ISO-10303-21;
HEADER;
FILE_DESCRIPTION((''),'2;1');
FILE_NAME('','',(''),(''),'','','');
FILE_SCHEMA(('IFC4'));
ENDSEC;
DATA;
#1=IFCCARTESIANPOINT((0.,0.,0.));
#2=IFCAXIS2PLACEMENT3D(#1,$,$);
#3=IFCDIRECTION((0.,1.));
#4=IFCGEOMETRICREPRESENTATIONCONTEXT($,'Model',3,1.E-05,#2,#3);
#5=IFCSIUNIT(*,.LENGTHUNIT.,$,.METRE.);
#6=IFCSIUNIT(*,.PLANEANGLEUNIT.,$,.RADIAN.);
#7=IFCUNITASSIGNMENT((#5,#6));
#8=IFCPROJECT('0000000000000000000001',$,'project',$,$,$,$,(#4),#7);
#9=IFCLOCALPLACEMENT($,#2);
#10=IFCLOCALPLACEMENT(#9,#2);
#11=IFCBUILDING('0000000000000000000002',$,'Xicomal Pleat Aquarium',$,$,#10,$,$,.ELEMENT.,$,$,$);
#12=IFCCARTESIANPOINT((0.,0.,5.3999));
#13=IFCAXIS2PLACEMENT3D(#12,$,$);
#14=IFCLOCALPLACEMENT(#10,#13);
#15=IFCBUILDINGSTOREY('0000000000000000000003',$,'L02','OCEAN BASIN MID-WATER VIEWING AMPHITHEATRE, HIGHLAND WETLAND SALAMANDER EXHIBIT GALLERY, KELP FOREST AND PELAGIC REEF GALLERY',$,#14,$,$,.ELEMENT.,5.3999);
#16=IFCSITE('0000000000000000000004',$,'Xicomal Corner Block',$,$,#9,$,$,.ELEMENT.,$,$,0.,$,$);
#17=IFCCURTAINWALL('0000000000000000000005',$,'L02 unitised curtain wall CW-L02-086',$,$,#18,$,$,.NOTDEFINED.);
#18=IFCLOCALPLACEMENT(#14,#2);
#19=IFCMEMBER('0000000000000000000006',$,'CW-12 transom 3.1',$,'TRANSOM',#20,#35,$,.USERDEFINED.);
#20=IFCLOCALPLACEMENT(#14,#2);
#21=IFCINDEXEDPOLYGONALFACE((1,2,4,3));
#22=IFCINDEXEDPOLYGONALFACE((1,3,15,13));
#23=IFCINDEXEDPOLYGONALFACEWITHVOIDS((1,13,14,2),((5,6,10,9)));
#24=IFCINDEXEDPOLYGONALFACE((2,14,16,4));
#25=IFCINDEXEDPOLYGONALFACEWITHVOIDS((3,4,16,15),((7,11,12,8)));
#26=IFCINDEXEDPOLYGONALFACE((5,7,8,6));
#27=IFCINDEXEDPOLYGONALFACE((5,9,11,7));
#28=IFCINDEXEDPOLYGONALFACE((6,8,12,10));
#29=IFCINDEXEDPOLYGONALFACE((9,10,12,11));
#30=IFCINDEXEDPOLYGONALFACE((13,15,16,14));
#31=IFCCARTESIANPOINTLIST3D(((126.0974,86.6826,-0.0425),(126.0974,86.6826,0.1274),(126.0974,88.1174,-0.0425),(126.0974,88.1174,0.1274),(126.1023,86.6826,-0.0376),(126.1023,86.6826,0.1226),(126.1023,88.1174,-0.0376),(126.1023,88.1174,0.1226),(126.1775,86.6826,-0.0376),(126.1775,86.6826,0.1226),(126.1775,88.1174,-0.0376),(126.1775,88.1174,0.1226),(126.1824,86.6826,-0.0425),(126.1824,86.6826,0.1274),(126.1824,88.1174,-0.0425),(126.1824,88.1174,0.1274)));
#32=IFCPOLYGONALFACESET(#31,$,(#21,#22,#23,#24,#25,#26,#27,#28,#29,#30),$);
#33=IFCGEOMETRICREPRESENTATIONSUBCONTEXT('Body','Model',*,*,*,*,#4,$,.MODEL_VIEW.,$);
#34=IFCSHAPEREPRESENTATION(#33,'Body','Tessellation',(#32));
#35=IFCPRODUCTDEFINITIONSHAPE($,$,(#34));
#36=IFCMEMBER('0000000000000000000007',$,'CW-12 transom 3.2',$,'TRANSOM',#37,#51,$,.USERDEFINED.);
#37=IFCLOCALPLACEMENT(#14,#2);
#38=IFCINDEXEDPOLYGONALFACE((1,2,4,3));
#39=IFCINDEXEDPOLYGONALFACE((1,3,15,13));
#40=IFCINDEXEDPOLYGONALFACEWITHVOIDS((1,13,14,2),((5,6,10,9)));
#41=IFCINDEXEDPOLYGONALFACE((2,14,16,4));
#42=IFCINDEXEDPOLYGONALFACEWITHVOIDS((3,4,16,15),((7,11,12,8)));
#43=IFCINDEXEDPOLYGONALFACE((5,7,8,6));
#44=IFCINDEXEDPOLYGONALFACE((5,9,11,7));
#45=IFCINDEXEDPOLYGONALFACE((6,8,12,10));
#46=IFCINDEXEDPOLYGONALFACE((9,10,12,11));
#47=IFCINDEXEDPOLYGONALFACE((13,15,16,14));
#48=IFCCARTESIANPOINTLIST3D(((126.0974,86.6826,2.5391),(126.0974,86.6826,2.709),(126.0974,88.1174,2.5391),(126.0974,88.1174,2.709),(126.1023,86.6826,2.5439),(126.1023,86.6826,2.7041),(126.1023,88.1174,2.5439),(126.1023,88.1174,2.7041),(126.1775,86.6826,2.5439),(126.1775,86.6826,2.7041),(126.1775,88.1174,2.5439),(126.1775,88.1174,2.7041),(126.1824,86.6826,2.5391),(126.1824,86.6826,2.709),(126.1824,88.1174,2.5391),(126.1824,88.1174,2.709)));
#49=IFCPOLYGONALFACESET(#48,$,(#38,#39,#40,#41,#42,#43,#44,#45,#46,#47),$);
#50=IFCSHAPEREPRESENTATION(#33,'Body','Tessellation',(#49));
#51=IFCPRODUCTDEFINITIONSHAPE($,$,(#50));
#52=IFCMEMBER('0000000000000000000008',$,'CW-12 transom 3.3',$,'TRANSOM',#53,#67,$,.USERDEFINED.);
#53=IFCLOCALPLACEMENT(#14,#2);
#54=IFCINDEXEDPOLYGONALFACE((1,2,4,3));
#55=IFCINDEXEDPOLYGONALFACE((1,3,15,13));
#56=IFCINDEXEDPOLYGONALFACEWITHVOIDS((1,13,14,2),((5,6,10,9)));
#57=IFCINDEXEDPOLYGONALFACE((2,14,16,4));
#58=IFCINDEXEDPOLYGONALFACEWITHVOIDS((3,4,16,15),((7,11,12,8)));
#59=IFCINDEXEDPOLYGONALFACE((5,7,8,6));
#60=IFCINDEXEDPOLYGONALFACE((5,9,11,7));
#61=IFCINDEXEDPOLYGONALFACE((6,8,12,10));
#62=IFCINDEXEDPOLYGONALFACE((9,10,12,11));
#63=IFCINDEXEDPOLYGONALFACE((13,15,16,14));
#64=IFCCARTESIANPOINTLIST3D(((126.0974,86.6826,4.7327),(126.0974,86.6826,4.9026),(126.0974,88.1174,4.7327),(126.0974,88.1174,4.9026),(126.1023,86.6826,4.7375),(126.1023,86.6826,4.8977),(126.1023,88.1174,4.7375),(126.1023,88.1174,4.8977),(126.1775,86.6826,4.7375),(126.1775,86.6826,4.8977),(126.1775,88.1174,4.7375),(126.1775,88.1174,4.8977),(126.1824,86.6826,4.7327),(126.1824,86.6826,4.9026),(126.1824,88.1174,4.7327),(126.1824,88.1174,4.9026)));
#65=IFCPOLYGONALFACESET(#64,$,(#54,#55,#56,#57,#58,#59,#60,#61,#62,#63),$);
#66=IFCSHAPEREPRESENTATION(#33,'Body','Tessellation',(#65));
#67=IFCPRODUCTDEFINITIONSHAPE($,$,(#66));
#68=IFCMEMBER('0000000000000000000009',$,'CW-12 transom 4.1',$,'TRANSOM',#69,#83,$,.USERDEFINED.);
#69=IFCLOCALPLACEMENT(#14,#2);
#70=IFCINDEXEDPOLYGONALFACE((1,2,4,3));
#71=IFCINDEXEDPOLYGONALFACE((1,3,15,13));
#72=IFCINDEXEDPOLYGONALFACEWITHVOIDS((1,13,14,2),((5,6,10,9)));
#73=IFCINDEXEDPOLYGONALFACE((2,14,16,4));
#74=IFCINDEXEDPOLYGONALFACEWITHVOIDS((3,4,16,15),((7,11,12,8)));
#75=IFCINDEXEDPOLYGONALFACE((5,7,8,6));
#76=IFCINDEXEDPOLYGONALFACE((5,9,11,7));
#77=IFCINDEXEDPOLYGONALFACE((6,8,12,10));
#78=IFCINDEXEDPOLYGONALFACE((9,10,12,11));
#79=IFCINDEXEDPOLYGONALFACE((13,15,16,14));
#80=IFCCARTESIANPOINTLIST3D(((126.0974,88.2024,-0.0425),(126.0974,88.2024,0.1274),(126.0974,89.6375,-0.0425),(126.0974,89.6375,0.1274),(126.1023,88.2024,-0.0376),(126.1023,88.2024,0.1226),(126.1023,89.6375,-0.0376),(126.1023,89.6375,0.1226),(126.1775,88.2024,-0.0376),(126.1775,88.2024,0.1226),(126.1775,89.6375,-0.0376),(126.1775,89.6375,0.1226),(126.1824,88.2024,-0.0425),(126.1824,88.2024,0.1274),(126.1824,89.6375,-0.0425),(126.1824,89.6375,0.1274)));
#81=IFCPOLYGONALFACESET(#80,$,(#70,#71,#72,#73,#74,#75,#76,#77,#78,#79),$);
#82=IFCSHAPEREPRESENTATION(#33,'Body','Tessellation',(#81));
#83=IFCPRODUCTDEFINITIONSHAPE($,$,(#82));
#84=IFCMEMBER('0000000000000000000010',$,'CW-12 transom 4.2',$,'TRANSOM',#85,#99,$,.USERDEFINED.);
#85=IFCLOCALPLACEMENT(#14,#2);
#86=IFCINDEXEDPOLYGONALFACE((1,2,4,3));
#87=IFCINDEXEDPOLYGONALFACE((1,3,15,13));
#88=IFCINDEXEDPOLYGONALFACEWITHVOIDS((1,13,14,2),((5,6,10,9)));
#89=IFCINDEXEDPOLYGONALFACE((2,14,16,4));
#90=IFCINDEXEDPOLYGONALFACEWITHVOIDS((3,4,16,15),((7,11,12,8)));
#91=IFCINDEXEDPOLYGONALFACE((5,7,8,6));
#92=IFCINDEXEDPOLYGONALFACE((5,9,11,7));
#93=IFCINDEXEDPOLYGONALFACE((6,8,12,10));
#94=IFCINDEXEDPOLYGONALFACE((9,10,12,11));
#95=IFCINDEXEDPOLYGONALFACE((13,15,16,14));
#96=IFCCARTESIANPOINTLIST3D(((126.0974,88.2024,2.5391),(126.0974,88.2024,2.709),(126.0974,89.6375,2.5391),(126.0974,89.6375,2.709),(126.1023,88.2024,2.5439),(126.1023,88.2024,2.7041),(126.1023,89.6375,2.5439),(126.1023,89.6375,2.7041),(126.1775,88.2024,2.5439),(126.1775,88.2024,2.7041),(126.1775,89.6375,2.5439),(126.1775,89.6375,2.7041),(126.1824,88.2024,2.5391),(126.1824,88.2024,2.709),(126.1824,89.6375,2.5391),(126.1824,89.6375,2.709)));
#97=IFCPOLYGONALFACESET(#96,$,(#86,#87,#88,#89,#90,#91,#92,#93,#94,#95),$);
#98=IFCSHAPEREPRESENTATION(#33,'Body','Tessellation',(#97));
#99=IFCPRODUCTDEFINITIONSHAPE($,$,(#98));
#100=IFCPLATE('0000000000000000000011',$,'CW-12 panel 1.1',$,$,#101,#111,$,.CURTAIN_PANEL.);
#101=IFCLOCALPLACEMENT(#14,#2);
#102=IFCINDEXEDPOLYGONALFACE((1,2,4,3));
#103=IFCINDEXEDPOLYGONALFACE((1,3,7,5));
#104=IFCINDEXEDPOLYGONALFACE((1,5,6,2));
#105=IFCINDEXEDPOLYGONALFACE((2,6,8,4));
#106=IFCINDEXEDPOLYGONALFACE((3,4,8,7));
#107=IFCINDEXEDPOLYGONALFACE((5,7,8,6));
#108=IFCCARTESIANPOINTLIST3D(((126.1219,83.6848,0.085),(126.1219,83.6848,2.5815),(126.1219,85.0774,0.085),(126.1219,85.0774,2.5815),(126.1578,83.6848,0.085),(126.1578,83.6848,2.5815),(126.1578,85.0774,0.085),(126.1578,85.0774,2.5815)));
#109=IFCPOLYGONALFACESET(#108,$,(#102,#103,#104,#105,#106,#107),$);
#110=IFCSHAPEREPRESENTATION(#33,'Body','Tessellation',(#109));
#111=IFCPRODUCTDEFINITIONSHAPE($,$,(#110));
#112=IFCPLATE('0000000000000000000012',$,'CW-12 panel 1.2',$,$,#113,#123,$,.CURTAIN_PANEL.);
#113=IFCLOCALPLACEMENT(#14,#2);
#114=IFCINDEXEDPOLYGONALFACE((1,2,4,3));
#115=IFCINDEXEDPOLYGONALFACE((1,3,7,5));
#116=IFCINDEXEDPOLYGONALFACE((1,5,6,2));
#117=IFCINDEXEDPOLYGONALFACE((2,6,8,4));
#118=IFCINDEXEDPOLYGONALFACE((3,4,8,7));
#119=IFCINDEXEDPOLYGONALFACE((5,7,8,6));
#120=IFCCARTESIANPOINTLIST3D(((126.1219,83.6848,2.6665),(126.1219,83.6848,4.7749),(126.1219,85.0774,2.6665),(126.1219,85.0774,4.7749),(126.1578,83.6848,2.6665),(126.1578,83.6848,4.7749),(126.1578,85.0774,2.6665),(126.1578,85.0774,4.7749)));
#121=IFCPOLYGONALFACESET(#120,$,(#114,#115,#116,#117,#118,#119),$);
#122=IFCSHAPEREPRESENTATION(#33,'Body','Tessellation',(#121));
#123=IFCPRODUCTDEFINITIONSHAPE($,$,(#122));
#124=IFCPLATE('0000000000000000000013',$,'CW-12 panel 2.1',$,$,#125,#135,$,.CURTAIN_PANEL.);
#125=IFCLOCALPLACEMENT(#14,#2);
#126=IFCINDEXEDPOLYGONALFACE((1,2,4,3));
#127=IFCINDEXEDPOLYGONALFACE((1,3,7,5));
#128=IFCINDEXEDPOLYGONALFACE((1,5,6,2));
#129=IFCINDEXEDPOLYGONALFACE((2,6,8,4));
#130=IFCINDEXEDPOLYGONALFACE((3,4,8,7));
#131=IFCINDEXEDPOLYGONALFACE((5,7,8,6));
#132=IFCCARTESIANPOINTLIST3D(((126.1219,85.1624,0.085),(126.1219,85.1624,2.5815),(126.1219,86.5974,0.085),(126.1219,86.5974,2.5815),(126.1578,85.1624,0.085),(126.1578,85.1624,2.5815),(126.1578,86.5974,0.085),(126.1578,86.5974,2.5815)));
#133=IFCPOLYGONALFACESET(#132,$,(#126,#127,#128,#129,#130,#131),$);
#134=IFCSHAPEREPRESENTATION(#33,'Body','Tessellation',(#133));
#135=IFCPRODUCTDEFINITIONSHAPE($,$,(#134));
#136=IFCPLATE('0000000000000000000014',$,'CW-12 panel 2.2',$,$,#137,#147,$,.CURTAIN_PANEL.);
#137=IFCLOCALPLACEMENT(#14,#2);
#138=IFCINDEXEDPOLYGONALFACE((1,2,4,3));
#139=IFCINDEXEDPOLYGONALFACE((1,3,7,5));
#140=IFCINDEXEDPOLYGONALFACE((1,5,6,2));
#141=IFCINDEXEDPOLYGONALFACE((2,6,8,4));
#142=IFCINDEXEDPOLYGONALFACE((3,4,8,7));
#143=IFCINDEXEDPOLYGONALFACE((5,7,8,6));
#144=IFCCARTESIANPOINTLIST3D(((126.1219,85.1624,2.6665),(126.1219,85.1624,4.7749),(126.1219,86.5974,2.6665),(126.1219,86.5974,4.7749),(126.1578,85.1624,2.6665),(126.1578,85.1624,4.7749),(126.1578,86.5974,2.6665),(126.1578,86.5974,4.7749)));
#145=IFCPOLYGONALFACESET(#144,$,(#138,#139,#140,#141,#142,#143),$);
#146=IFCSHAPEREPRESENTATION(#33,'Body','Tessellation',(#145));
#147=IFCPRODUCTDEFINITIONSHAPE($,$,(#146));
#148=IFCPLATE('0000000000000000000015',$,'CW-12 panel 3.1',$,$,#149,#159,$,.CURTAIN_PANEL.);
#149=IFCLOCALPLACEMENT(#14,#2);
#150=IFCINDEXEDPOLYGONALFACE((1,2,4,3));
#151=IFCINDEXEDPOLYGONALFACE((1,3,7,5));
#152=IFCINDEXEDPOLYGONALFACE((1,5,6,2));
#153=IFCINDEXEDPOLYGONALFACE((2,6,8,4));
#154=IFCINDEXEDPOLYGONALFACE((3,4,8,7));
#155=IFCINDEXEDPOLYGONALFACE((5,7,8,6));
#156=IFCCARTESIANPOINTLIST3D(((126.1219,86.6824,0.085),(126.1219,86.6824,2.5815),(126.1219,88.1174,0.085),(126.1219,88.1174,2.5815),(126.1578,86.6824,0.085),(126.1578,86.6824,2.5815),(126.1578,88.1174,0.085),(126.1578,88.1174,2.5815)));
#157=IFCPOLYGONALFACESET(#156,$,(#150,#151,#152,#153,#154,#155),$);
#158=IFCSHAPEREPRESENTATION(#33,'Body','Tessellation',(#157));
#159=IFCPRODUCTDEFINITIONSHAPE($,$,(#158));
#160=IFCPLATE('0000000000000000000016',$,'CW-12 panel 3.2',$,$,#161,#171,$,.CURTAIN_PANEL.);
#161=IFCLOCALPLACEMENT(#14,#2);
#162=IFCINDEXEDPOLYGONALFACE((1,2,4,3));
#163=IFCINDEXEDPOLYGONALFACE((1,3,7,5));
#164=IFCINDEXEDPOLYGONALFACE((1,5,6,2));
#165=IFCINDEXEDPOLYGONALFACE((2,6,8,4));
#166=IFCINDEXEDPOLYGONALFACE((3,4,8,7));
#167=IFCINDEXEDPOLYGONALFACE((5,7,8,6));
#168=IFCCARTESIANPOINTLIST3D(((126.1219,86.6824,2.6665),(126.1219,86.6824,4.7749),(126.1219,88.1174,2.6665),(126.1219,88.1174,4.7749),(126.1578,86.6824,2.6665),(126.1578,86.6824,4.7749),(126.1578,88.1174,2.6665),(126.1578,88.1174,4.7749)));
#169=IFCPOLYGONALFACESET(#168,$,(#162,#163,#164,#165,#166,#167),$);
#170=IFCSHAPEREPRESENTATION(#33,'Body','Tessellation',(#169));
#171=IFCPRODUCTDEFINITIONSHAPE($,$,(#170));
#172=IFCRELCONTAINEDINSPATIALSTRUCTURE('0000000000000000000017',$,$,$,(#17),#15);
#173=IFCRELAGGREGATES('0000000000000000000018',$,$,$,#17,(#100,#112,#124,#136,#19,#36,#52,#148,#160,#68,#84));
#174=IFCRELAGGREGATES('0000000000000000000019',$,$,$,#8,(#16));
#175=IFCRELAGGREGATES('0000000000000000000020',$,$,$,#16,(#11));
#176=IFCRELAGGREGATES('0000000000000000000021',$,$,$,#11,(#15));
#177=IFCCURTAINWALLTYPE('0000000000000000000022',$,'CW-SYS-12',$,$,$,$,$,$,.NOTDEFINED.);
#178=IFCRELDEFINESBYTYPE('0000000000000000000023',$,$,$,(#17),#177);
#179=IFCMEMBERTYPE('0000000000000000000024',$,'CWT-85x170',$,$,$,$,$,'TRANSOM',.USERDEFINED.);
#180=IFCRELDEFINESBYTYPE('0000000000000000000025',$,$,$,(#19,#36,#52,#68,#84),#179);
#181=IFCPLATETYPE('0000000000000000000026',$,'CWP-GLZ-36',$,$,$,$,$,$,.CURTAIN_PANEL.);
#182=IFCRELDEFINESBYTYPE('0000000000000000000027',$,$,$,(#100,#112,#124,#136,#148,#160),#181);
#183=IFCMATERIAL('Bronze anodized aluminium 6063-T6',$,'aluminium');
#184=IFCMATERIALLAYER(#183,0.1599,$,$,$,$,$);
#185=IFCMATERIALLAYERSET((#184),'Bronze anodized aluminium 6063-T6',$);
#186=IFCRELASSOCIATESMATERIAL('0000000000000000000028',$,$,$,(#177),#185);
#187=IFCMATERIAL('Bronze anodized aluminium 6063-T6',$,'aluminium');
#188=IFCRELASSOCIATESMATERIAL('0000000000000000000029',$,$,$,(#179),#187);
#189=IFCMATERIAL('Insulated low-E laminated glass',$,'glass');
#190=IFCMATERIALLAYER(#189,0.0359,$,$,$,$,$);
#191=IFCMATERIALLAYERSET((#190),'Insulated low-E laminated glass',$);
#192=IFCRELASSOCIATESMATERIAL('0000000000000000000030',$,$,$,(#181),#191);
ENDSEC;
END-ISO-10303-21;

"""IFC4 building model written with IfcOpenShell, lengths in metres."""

from ifc_helpers import new_model, si_unit, direction, frame, origin, origin_2d, place, context, subcontext, project, spatial, rectangle, hollow_rectangle, extrude, material, layer, layer_set, material_profile, profile_set, type_object, element, aggregate, save


model = new_model("IFC4")

# Units and contexts
model_context = context("Model", 3, precision=1e-05, world=origin(), true_north=direction((0.0, 1.0)))
body_context = subcontext(model_context, "Body", "Model", "MODEL_VIEW")
ifc_project = project(units=[si_unit("LENGTHUNIT", "METRE"), si_unit("PLANEANGLEUNIT", "RADIAN")], contexts=[model_context])

# Site, building, storey
site_placement = place(None, origin())
site = spatial("IfcSite", under=ifc_project, at=site_placement, Name="Xicomal Corner Block", CompositionType="ELEMENT", RefElevation=0.0)
building_placement = place(site_placement, origin())
building = spatial("IfcBuilding", under=site, at=building_placement, Name="Xicomal Pleat Aquarium", CompositionType="ELEMENT")
storey_placement = place(building_placement, frame((0.0, 0.0, 5.3999)))
storey = spatial("IfcBuildingStorey", under=building, at=storey_placement, Name="L02", Description="OCEAN BASIN MID-WATER VIEWING AMPHITHEATRE, HIGHLAND WETLAND SALAMANDER EXHIBIT GALLERY, KELP FOREST AND PELAGIC REEF GALLERY", CompositionType="ELEMENT", Elevation=5.3999)

# Curtain wall, members, plates
ifc_material_1 = material(Name="Bronze anodized aluminium 6063-T6", Category="aluminium")
ifc_layer_1 = layer(ifc_material_1, 0.1599)
ifc_layer_set_1 = layer_set([ifc_layer_1], Name="Bronze anodized aluminium 6063-T6")
curtain_wall_type_1 = type_object("IfcCurtainWallType", Name="CW-SYS-12", PredefinedType="NOTDEFINED", material=ifc_layer_set_1)
curtain_wall_1_placement = place(storey_placement, origin())
curtain_wall_1 = element("IfcCurtainWall", 1, at=curtain_wall_1_placement, inside=storey, type_object=curtain_wall_type_1, Name="L02 unitised curtain wall CW-L02-086", PredefinedType="NOTDEFINED")
ifc_material_2 = material(Name="Bronze anodized aluminium 6063-T6", Category="aluminium")
ifc_material_profile_1 = material_profile(ifc_material_2, hollow_rectangle(XDim=0.085, YDim=0.1699, WallThickness=0.0049, at=origin_2d()), Name="ALU TRAN 85x170")
ifc_profile_set_1 = profile_set([ifc_material_profile_1], Name="Bronze anodized aluminium 6063-T6")
member_type_1 = type_object("IfcMemberType", Name="CWT-85x170", ElementType="TRANSOM", PredefinedType="USERDEFINED", material=ifc_profile_set_1)
member_1_placement = place(storey_placement, frame((126.1399, 86.6826, 0.0425), z_axis=(0.0, 1.0, 0.0), x_axis=(-1.0, 0.0, 0.0)))
member_1 = element("IfcMember", 2, at=member_1_placement, type_object=member_type_1, Name="CW-12 transom 3.1", ObjectType="TRANSOM", PredefinedType="USERDEFINED", context=body_context, shape_type="SweptSolid", body=[
    extrude(hollow_rectangle(XDim=0.085, YDim=0.1699, WallThickness=0.0049, at=origin_2d()), origin(), (0.0, 0.0, 1.0), 1.4348),
])
member_2_placement = place(storey_placement, frame((126.1399, 86.6826, 2.624), z_axis=(0.0, 1.0, 0.0), x_axis=(-1.0, 0.0, 0.0)))
member_2 = element("IfcMember", 3, at=member_2_placement, type_object=member_type_1, Name="CW-12 transom 3.2", ObjectType="TRANSOM", PredefinedType="USERDEFINED", context=body_context, shape_type="SweptSolid", body=[
    extrude(hollow_rectangle(XDim=0.085, YDim=0.1699, WallThickness=0.0049, at=origin_2d()), origin(), (0.0, 0.0, 1.0), 1.4348),
])
member_3_placement = place(storey_placement, frame((126.1399, 86.6826, 4.8176), z_axis=(0.0, 1.0, 0.0), x_axis=(-1.0, 0.0, 0.0)))
member_3 = element("IfcMember", 4, at=member_3_placement, type_object=member_type_1, Name="CW-12 transom 3.3", ObjectType="TRANSOM", PredefinedType="USERDEFINED", context=body_context, shape_type="SweptSolid", body=[
    extrude(hollow_rectangle(XDim=0.085, YDim=0.1699, WallThickness=0.0049, at=origin_2d()), origin(), (0.0, 0.0, 1.0), 1.4348),
])
member_4_placement = place(storey_placement, frame((126.1399, 88.2024, 0.0425), z_axis=(0.0, 1.0, 0.0), x_axis=(-1.0, 0.0, 0.0)))
member_4 = element("IfcMember", 5, at=member_4_placement, type_object=member_type_1, Name="CW-12 transom 4.1", ObjectType="TRANSOM", PredefinedType="USERDEFINED", context=body_context, shape_type="SweptSolid", body=[
    extrude(hollow_rectangle(XDim=0.085, YDim=0.1699, WallThickness=0.0049, at=origin_2d()), origin(), (0.0, 0.0, 1.0), 1.4351),
])
member_5_placement = place(storey_placement, frame((126.1399, 88.2024, 2.624), z_axis=(0.0, 1.0, 0.0), x_axis=(-1.0, 0.0, 0.0)))
member_5 = element("IfcMember", 6, at=member_5_placement, type_object=member_type_1, Name="CW-12 transom 4.2", ObjectType="TRANSOM", PredefinedType="USERDEFINED", context=body_context, shape_type="SweptSolid", body=[
    extrude(hollow_rectangle(XDim=0.085, YDim=0.1699, WallThickness=0.0049, at=origin_2d()), origin(), (0.0, 0.0, 1.0), 1.4351),
])
ifc_material_3 = material(Name="Insulated low-E laminated glass", Category="glass")
ifc_layer_2 = layer(ifc_material_3, 0.0359)
ifc_layer_set_2 = layer_set([ifc_layer_2], Name="Insulated low-E laminated glass")
plate_type = type_object("IfcPlateType", Name="CWP-GLZ-36", PredefinedType="CURTAIN_PANEL", material=ifc_layer_set_2)
plate_1_placement = place(storey_placement, frame((126.1399, 84.3811, 0.085), z_axis=(0.0, 0.0, 1.0), x_axis=(0.0, 1.0, 0.0)))
plate_1 = element("IfcPlate", 7, at=plate_1_placement, type_object=plate_type, Name="CW-12 panel 1.1", PredefinedType="CURTAIN_PANEL", context=body_context, shape_type="SweptSolid", body=[
    extrude(rectangle(XDim=1.3926, YDim=0.0359, at=origin_2d()), origin(), (0.0, 0.0, 1.0), 2.4966),
])
plate_2_placement = place(storey_placement, frame((126.1399, 84.3811, 2.6665), z_axis=(0.0, 0.0, 1.0), x_axis=(0.0, 1.0, 0.0)))
plate_2 = element("IfcPlate", 8, at=plate_2_placement, type_object=plate_type, Name="CW-12 panel 1.2", PredefinedType="CURTAIN_PANEL", context=body_context, shape_type="SweptSolid", body=[
    extrude(rectangle(XDim=1.3926, YDim=0.0359, at=origin_2d()), origin(), (0.0, 0.0, 1.0), 2.1084),
])
plate_3_placement = place(storey_placement, frame((126.1399, 85.8799, 0.085), z_axis=(0.0, 0.0, 1.0), x_axis=(0.0, 1.0, 0.0)))
plate_3 = element("IfcPlate", 9, at=plate_3_placement, type_object=plate_type, Name="CW-12 panel 2.1", PredefinedType="CURTAIN_PANEL", context=body_context, shape_type="SweptSolid", body=[
    extrude(rectangle(XDim=1.4351, YDim=0.0359, at=origin_2d()), origin(), (0.0, 0.0, 1.0), 2.4966),
])
plate_4_placement = place(storey_placement, frame((126.1399, 85.8799, 2.6665), z_axis=(0.0, 0.0, 1.0), x_axis=(0.0, 1.0, 0.0)))
plate_4 = element("IfcPlate", 10, at=plate_4_placement, type_object=plate_type, Name="CW-12 panel 2.2", PredefinedType="CURTAIN_PANEL", context=body_context, shape_type="SweptSolid", body=[
    extrude(rectangle(XDim=1.4351, YDim=0.0359, at=origin_2d()), origin(), (0.0, 0.0, 1.0), 2.1084),
])
plate_5_placement = place(storey_placement, frame((126.1399, 87.3999, 0.085), z_axis=(0.0, 0.0, 1.0), x_axis=(0.0, 1.0, 0.0)))
plate_5 = element("IfcPlate", 11, at=plate_5_placement, type_object=plate_type, Name="CW-12 panel 3.1", PredefinedType="CURTAIN_PANEL", context=body_context, shape_type="SweptSolid", body=[
    extrude(rectangle(XDim=1.4351, YDim=0.0359, at=origin_2d()), origin(), (0.0, 0.0, 1.0), 2.4966),
])
plate_6_placement = place(storey_placement, frame((126.1399, 87.3999, 2.6665), z_axis=(0.0, 0.0, 1.0), x_axis=(0.0, 1.0, 0.0)))
plate_6 = element("IfcPlate", 12, at=plate_6_placement, type_object=plate_type, Name="CW-12 panel 3.2", PredefinedType="CURTAIN_PANEL", context=body_context, shape_type="SweptSolid", body=[
    extrude(rectangle(XDim=1.4351, YDim=0.0359, at=origin_2d()), origin(), (0.0, 0.0, 1.0), 2.1084),
])
aggregate(curtain_wall_1, [plate_1, plate_2, plate_3, plate_4, member_1, member_2, member_3, plate_5, plate_6, member_4, member_5])

save(model, "model.ifc")
